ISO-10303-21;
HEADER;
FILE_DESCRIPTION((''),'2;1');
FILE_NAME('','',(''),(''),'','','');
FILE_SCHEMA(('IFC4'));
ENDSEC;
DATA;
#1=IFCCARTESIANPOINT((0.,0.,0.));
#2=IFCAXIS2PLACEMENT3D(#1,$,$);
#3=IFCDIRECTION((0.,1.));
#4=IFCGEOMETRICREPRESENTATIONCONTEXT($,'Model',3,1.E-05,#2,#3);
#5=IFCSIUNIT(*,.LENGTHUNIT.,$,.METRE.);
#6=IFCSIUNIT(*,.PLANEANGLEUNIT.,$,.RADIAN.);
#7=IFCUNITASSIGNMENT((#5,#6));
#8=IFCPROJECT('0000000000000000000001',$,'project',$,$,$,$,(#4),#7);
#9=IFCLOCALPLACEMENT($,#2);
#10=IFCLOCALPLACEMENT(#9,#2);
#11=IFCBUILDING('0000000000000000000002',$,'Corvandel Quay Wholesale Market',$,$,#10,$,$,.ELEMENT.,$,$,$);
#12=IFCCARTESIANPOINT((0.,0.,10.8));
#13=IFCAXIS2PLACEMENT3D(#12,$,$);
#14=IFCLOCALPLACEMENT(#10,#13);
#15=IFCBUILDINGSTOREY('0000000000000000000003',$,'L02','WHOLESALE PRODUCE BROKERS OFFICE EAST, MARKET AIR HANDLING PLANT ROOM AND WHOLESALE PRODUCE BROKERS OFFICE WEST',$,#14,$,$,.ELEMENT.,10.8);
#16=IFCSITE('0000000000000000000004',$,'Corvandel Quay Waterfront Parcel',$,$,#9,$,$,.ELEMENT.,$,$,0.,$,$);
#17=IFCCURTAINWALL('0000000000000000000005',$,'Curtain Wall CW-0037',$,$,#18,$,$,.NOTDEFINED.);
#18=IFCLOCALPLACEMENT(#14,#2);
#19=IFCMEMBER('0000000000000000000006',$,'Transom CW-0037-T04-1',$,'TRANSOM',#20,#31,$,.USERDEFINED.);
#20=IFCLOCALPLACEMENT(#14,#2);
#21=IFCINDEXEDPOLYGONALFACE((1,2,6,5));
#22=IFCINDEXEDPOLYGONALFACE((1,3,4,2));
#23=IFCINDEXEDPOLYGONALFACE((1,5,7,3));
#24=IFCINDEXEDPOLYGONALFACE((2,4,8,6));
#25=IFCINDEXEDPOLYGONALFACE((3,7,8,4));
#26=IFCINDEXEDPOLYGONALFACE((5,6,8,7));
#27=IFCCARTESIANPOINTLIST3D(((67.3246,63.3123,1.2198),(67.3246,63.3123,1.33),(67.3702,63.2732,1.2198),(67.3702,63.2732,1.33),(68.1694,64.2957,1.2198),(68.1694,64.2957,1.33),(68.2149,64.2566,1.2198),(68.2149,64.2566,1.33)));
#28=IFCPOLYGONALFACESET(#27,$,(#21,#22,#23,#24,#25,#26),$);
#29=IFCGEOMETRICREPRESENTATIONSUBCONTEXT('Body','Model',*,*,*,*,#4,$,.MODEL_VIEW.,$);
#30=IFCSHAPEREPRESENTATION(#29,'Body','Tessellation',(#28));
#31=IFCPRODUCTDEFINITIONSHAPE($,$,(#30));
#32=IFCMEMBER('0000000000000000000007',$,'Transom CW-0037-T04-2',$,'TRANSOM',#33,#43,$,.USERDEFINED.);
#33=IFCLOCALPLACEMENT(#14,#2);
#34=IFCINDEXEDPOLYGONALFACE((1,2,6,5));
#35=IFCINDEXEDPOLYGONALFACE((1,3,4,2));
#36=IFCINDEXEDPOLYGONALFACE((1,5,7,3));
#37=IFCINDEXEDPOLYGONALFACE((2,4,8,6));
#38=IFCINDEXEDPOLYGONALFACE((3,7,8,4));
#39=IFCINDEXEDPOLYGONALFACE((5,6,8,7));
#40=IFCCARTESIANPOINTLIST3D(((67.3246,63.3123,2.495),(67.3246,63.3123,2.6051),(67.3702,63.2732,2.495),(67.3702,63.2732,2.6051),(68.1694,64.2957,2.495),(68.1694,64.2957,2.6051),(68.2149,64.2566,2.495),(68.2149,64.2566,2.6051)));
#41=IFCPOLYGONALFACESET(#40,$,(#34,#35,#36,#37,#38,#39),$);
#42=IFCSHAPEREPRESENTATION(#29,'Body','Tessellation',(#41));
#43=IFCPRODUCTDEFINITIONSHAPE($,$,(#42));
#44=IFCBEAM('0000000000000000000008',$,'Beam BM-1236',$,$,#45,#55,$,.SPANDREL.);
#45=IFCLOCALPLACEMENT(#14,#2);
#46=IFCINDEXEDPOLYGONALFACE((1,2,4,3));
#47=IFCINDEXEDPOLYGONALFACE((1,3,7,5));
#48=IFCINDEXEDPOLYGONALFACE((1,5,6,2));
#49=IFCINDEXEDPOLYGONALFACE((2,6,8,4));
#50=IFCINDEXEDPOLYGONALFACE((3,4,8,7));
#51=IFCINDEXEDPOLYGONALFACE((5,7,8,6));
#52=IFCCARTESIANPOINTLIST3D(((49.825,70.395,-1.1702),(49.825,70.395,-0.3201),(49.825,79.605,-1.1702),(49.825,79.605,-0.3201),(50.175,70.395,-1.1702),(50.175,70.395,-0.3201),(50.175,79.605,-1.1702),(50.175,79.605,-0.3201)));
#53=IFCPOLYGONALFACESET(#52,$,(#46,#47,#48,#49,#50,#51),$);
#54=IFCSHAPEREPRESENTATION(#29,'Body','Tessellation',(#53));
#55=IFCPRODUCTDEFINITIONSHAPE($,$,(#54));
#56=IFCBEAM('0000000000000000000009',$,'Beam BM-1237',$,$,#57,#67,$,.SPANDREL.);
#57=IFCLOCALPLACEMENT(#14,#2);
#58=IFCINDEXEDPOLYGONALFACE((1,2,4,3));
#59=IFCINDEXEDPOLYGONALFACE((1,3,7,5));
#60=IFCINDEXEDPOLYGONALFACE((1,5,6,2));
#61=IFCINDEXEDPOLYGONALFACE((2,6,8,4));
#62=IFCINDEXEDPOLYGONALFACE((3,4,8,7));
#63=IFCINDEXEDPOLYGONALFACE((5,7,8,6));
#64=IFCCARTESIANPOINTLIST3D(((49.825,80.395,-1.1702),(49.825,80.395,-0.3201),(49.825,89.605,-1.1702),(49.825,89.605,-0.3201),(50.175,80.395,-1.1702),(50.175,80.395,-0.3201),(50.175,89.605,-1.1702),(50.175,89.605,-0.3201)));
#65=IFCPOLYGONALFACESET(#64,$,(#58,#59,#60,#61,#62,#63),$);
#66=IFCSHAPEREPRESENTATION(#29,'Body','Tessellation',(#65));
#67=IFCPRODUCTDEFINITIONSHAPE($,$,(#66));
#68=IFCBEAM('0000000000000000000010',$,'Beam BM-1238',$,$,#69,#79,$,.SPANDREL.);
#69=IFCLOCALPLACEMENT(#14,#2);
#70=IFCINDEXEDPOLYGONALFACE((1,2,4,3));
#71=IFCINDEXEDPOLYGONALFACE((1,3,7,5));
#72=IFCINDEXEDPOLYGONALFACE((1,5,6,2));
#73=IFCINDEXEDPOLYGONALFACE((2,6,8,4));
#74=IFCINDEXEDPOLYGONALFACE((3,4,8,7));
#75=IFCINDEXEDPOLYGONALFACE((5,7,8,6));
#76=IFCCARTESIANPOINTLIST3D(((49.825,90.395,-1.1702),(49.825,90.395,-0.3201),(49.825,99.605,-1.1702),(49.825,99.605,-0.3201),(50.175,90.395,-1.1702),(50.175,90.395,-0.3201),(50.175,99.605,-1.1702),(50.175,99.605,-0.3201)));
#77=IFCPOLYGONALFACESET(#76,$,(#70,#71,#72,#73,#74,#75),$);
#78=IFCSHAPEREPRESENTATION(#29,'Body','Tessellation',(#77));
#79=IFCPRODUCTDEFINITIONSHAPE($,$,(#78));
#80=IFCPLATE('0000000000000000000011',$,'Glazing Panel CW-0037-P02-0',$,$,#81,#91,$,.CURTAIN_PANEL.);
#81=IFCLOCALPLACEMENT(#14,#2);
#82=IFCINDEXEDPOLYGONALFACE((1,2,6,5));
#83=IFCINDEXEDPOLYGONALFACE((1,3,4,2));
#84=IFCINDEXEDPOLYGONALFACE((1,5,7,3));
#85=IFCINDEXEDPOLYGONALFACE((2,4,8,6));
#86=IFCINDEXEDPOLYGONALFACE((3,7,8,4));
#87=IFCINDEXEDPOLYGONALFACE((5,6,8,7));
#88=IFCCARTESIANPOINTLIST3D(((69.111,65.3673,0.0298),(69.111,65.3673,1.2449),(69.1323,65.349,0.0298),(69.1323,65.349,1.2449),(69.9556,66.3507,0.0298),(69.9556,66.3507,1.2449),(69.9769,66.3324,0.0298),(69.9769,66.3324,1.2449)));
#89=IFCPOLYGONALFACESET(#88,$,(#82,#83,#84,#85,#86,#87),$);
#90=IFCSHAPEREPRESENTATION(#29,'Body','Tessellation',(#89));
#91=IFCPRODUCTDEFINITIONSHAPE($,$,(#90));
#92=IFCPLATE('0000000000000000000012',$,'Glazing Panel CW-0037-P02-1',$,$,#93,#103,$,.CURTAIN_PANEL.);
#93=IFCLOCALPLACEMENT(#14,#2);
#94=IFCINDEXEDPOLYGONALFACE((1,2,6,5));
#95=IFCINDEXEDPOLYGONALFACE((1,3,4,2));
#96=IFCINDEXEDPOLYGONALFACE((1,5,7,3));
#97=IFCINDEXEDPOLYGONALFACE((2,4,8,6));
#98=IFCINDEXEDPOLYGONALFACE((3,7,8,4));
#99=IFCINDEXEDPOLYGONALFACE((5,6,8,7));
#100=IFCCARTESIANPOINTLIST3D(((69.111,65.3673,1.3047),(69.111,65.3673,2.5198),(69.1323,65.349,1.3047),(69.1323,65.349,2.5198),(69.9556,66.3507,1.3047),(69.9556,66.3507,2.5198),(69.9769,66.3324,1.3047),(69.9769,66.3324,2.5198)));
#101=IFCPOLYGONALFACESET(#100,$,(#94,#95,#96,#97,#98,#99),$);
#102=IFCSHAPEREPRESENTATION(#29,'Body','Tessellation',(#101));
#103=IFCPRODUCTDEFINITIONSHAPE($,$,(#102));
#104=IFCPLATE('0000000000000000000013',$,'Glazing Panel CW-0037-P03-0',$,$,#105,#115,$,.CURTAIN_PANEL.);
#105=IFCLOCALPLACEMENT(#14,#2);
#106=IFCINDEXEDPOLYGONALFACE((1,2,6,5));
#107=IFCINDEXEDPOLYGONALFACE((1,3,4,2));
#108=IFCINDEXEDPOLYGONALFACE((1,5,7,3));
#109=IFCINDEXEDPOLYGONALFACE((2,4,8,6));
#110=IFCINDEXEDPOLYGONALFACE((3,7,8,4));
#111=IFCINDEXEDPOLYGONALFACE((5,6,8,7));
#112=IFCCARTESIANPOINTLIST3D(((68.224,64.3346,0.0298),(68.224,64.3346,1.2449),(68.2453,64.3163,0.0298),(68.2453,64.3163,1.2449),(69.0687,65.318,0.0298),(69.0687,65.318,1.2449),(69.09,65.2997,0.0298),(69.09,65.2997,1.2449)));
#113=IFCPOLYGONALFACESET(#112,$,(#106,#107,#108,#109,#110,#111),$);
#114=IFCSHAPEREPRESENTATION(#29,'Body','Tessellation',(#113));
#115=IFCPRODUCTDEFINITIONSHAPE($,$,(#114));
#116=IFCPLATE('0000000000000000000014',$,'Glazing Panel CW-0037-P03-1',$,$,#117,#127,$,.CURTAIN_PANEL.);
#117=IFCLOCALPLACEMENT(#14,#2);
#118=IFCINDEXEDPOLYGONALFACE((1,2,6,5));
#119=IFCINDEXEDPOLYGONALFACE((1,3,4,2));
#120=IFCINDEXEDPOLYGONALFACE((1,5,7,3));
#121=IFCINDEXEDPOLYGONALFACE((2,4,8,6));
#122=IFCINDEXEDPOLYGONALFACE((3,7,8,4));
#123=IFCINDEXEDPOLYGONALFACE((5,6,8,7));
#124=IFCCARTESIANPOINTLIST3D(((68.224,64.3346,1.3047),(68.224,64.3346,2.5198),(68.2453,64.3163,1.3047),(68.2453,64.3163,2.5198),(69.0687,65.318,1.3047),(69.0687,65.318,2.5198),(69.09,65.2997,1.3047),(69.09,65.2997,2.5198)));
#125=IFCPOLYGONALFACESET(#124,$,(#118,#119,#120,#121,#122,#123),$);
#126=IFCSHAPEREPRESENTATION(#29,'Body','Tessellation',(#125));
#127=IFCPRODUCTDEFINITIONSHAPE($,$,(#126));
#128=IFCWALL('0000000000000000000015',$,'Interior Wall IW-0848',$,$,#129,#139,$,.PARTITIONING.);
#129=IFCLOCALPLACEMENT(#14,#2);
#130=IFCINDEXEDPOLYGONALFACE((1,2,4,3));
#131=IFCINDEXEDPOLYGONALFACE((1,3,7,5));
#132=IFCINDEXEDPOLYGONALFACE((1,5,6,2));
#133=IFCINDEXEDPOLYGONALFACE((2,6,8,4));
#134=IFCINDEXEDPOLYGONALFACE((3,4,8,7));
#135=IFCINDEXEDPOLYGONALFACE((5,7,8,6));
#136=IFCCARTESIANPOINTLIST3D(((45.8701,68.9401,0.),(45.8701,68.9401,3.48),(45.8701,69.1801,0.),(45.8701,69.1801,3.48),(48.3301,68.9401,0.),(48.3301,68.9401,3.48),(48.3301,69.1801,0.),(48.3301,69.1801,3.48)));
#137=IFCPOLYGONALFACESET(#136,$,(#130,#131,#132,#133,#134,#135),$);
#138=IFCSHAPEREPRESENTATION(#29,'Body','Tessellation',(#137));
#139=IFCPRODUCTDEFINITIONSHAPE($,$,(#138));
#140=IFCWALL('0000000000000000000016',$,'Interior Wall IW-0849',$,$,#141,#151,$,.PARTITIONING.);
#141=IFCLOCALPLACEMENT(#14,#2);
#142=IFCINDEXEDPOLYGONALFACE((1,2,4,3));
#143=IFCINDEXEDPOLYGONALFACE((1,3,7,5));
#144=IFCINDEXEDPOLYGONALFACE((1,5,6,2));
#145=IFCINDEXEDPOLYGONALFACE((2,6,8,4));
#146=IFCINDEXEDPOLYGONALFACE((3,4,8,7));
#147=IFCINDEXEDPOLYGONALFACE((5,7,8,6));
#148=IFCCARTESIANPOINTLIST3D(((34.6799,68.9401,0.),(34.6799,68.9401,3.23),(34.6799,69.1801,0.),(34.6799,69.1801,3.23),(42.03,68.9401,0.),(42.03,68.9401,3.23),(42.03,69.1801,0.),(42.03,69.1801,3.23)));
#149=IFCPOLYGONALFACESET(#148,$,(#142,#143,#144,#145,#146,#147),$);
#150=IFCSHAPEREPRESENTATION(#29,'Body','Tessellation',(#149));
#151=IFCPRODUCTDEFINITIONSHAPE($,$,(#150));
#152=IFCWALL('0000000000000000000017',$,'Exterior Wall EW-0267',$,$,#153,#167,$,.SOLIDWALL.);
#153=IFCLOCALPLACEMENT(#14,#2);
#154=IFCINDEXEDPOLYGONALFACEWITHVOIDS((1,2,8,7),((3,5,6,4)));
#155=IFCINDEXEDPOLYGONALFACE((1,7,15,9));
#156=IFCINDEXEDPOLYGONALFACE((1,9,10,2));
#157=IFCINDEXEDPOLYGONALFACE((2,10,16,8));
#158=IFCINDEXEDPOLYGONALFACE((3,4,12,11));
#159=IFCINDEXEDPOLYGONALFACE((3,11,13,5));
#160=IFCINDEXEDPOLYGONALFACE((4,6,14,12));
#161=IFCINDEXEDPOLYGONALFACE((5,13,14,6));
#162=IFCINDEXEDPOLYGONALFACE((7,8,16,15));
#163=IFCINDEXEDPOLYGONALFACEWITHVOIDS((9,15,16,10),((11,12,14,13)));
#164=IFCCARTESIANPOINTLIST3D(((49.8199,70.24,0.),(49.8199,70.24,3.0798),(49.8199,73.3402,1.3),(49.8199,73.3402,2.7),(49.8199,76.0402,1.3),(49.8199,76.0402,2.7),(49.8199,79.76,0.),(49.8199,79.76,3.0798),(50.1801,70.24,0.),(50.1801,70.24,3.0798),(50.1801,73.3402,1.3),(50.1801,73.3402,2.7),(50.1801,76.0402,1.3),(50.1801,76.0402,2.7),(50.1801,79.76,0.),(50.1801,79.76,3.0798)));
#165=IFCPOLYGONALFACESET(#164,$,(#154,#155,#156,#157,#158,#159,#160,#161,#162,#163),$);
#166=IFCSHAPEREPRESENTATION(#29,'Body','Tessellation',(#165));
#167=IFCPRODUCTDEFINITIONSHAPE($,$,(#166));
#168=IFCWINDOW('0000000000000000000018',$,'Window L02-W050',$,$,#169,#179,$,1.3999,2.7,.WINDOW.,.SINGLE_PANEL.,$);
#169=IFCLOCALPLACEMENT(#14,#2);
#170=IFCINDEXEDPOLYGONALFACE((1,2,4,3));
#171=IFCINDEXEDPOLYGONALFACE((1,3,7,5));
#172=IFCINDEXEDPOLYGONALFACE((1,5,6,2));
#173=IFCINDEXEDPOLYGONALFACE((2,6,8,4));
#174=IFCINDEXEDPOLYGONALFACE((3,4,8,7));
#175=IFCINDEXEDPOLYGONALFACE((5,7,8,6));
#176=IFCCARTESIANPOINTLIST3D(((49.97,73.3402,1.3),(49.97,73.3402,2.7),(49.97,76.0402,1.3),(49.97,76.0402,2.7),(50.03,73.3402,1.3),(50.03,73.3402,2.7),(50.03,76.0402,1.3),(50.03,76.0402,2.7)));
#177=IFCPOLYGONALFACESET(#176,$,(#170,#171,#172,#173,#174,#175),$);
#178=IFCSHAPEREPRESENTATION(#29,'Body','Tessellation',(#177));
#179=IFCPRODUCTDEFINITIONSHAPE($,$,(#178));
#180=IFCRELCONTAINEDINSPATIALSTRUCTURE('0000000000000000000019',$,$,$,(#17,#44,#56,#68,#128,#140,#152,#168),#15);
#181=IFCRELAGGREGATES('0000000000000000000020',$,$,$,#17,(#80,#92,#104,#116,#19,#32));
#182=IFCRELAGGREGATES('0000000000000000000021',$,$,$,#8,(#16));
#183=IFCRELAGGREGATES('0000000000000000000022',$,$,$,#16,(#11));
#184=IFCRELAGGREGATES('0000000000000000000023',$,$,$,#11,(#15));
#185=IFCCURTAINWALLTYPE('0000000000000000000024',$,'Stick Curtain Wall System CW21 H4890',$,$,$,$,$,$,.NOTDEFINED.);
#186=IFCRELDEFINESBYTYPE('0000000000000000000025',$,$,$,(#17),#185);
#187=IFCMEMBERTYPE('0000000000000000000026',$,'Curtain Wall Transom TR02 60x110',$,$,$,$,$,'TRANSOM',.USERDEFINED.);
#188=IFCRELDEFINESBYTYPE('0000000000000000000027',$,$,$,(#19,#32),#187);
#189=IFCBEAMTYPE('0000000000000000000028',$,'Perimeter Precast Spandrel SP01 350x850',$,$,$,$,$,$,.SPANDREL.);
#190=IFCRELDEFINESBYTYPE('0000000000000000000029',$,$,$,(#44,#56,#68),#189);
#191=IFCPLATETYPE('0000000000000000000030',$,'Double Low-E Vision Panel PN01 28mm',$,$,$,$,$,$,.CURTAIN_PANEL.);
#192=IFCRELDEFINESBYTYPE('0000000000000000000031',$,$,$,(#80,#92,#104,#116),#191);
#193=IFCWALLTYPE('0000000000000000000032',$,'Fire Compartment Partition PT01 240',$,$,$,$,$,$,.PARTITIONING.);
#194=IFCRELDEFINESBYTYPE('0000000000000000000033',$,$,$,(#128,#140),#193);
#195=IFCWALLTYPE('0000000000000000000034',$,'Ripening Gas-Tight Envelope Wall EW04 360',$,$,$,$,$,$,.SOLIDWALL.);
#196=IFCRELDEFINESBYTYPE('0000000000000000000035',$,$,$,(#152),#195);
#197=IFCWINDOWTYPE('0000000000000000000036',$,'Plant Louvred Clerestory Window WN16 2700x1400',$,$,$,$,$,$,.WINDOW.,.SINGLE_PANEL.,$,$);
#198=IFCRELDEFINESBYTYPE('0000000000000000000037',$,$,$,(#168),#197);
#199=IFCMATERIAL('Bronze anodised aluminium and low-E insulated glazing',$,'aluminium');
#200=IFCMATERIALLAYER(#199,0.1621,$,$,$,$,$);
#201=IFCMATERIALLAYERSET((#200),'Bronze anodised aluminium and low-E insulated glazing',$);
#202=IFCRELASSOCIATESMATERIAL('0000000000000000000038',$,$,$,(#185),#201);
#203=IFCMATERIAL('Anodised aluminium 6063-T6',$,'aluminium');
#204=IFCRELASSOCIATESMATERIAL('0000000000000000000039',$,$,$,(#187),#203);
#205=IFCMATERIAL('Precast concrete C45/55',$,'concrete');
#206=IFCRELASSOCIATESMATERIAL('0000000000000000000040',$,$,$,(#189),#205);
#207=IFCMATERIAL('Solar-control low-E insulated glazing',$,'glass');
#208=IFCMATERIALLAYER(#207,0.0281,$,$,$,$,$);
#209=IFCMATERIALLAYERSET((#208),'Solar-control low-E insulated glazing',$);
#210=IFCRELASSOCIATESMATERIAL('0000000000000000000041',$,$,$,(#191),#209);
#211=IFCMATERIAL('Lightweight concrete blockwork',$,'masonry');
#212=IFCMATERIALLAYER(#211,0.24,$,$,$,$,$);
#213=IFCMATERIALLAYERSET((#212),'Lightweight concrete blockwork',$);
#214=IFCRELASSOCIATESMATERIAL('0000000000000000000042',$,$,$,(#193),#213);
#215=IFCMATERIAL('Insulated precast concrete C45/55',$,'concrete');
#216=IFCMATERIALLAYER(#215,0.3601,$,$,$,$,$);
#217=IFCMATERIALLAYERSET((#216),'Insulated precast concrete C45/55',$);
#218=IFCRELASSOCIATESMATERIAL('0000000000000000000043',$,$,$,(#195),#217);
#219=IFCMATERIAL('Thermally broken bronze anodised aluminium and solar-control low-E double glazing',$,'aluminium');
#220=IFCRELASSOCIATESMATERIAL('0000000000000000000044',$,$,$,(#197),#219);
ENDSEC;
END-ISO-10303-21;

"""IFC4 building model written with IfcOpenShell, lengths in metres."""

from ifc_helpers import new_model, si_unit, direction, frame, frame_2d, origin, origin_2d, place, context, subcontext, project, spatial, rectangle, extrude, material, layer, layer_set, material_profile, profile_set, type_object, element, fill, aggregate, save


model = new_model("IFC4")

# Units and contexts
model_context = context("Model", 3, precision=1e-05, world=origin(), true_north=direction((0.0, 1.0)))
body_context = subcontext(model_context, "Body", "Model", "MODEL_VIEW")
ifc_project = project(units=[si_unit("LENGTHUNIT", "METRE"), si_unit("PLANEANGLEUNIT", "RADIAN")], contexts=[model_context])

# Site, building, storey
site_placement = place(None, origin())
site = spatial("IfcSite", under=ifc_project, at=site_placement, Name="Corvandel Quay Waterfront Parcel", CompositionType="ELEMENT", RefElevation=0.0)
building_placement = place(site_placement, origin())
building = spatial("IfcBuilding", under=site, at=building_placement, Name="Corvandel Quay Wholesale Market", CompositionType="ELEMENT")
storey_placement = place(building_placement, frame((0.0, 0.0, 10.8)))
storey = spatial("IfcBuildingStorey", under=building, at=storey_placement, Name="L02", Description="WHOLESALE PRODUCE BROKERS OFFICE EAST, MARKET AIR HANDLING PLANT ROOM AND WHOLESALE PRODUCE BROKERS OFFICE WEST", CompositionType="ELEMENT", Elevation=10.8)

# Shared definitions
ifc_material_1 = material(Name="Precast concrete C45/55", Category="concrete")

# Curtain wall, members
ifc_material_2 = material(Name="Bronze anodised aluminium and low-E insulated glazing", Category="aluminium")
ifc_layer_1 = layer(ifc_material_2, 0.1621)
ifc_layer_set_1 = layer_set([ifc_layer_1], Name="Bronze anodised aluminium and low-E insulated glazing")
curtain_wall_type = type_object("IfcCurtainWallType", Name="Stick Curtain Wall System CW21 H4890", PredefinedType="NOTDEFINED", material=ifc_layer_set_1)
curtain_wall_placement = place(storey_placement, origin())
curtain_wall = element("IfcCurtainWall", 1, at=curtain_wall_placement, inside=storey, type_object=curtain_wall_type, Name="Curtain Wall CW-0037", PredefinedType="NOTDEFINED")
ifc_material_3 = material(Name="Anodised aluminium 6063-T6", Category="aluminium")
ifc_material_profile_1 = material_profile(ifc_material_3, rectangle(XDim=0.0601, YDim=0.1101, at=origin_2d()), Name="ALU-TRN-60x110")
ifc_profile_set_1 = profile_set([ifc_material_profile_1], Name="Anodised aluminium 6063-T6")
member_type_1 = type_object("IfcMemberType", Name="Curtain Wall Transom TR02 60x110", ElementType="TRANSOM", PredefinedType="USERDEFINED", material=ifc_profile_set_1)
member_1_placement = place(storey_placement, frame((68.1921, 64.2761, 1.2749), z_axis=(-0.651597, -0.758565, 0.0), x_axis=(0.758565, -0.651597, 0.0)))
member_1 = element("IfcMember", 2, at=member_1_placement, type_object=member_type_1, Name="Transom CW-0037-T04-1", ObjectType="TRANSOM", PredefinedType="USERDEFINED", context=body_context, shape_type="SweptSolid", body=[
    extrude(rectangle(XDim=0.0601, YDim=0.1101, at=origin_2d()), origin(), (0.0, 0.0, 1.0), 1.2964),
])
member_2_placement = place(storey_placement, frame((68.1921, 64.2761, 2.55), z_axis=(-0.651597, -0.758565, 0.0), x_axis=(0.758565, -0.651597, 0.0)))
member_2 = element("IfcMember", 3, at=member_2_placement, type_object=member_type_1, Name="Transom CW-0037-T04-2", ObjectType="TRANSOM", PredefinedType="USERDEFINED", context=body_context, shape_type="SweptSolid", body=[
    extrude(rectangle(XDim=0.0601, YDim=0.1101, at=origin_2d()), origin(), (0.0, 0.0, 1.0), 1.2964),
])

# Beams
ifc_material_profile_2 = material_profile(ifc_material_1, rectangle(XDim=0.3501, YDim=0.8501, at=origin_2d()), Name="PC-SPN-350x850")
ifc_profile_set_2 = profile_set([ifc_material_profile_2], Name="Precast concrete C45/55")
beam_type_1 = type_object("IfcBeamType", Name="Perimeter Precast Spandrel SP01 350x850", PredefinedType="SPANDREL", material=ifc_profile_set_2)
for number, where, z_axis, x_axis, name in (
    (4, (50.0, 70.395, -0.7451), (0.0, 1.0, 0.0), (-1.0, 0.0, 0.0), "Beam BM-1236"),
    (5, (50.0, 80.395, -0.7451), (0.0, 1.0, 0.0), (-1.0, 0.0, 0.0), "Beam BM-1237"),
    (6, (50.0, 90.395, -0.7451), (0.0, 1.0, 0.0), (-1.0, 0.0, 0.0), "Beam BM-1238"),
):
    element("IfcBeam", number, at=place(storey_placement, frame(where, z_axis=z_axis, x_axis=x_axis)), inside=storey, type_object=beam_type_1, Name=name, PredefinedType="SPANDREL", context=body_context, shape_type="SweptSolid", body=[
        extrude(rectangle(XDim=0.3501, YDim=0.8501, at=origin_2d()), origin(), (0.0, 0.0, 1.0), 9.21),
    ])

# Plates
ifc_material_4 = material(Name="Solar-control low-E insulated glazing", Category="glass")
ifc_layer_2 = layer(ifc_material_4, 0.0281)
ifc_layer_set_2 = layer_set([ifc_layer_2], Name="Solar-control low-E insulated glazing")
plate_type = type_object("IfcPlateType", Name="Double Low-E Vision Panel PN01 28mm", PredefinedType="CURTAIN_PANEL", material=ifc_layer_set_2)
plate_1_placement = place(storey_placement, frame((69.5439, 65.8499, 0.0298), z_axis=(0.0, 0.0, 1.0), x_axis=(0.651569, 0.758589, 0.0)))
plate_1 = element("IfcPlate", 7, at=plate_1_placement, type_object=plate_type, Name="Glazing Panel CW-0037-P02-0", PredefinedType="CURTAIN_PANEL", context=body_context, shape_type="SweptSolid", body=[
    extrude(rectangle(XDim=1.2964, YDim=0.0281, at=origin_2d()), origin(), (0.0, 0.0, 1.0), 1.2151),
])
plate_2_placement = place(storey_placement, frame((69.5439, 65.8499, 1.3047), z_axis=(0.0, 0.0, 1.0), x_axis=(0.651569, 0.758589, 0.0)))
plate_2 = element("IfcPlate", 8, at=plate_2_placement, type_object=plate_type, Name="Glazing Panel CW-0037-P02-1", PredefinedType="CURTAIN_PANEL", context=body_context, shape_type="SweptSolid", body=[
    extrude(rectangle(XDim=1.2964, YDim=0.0281, at=origin_2d()), origin(), (0.0, 0.0, 1.0), 1.2151),
])
plate_3_placement = place(storey_placement, frame((68.657, 64.8171, 0.0298), z_axis=(0.0, 0.0, 1.0), x_axis=(0.651569, 0.758589, 0.0)))
plate_3 = element("IfcPlate", 9, at=plate_3_placement, type_object=plate_type, Name="Glazing Panel CW-0037-P03-0", PredefinedType="CURTAIN_PANEL", context=body_context, shape_type="SweptSolid", body=[
    extrude(rectangle(XDim=1.2964, YDim=0.0281, at=origin_2d()), origin(), (0.0, 0.0, 1.0), 1.2151),
])
plate_4_placement = place(storey_placement, frame((68.657, 64.8171, 1.3047), z_axis=(0.0, 0.0, 1.0), x_axis=(0.651569, 0.758589, 0.0)))
plate_4 = element("IfcPlate", 10, at=plate_4_placement, type_object=plate_type, Name="Glazing Panel CW-0037-P03-1", PredefinedType="CURTAIN_PANEL", context=body_context, shape_type="SweptSolid", body=[
    extrude(rectangle(XDim=1.2964, YDim=0.0281, at=origin_2d()), origin(), (0.0, 0.0, 1.0), 1.2151),
])
aggregate(curtain_wall, [plate_1, plate_2, plate_3, plate_4, member_1, member_2])

# Walls
ifc_material_5 = material(Name="Lightweight concrete blockwork", Category="masonry")
ifc_layer_3 = layer(ifc_material_5, 0.24)
ifc_layer_set_3 = layer_set([ifc_layer_3], Name="Lightweight concrete blockwork")
wall_type_1 = type_object("IfcWallType", Name="Fire Compartment Partition PT01 240", PredefinedType="PARTITIONING", material=ifc_layer_set_3)
wall_1_placement = place(storey_placement, frame((48.3301, 69.0601, 0.0), z_axis=(0.0, 0.0, 1.0), x_axis=(-1.0, 0.0, 0.0)))
element("IfcWall", 11, at=wall_1_placement, inside=storey, type_object=wall_type_1, Name="Interior Wall IW-0848", PredefinedType="PARTITIONING", context=body_context, shape_type="SweptSolid", body=[
    extrude(rectangle(XDim=2.46, YDim=0.24, at=frame_2d((1.23, 0.0))), origin(), (0.0, 0.0, 1.0), 3.48),
])
wall_2_placement = place(storey_placement, frame((42.03, 69.0601, 0.0), z_axis=(0.0, 0.0, 1.0), x_axis=(-1.0, 0.0, 0.0)))
element("IfcWall", 12, at=wall_2_placement, inside=storey, type_object=wall_type_1, Name="Interior Wall IW-0849", PredefinedType="PARTITIONING", context=body_context, shape_type="SweptSolid", body=[
    extrude(rectangle(XDim=7.3501, YDim=0.24, at=frame_2d((3.675, 0.0))), origin(), (0.0, 0.0, 1.0), 3.23),
])

# Wall, opening, window
ifc_material_6 = material(Name="Insulated precast concrete C45/55", Category="concrete")
ifc_layer_4 = layer(ifc_material_6, 0.3601)
ifc_layer_set_4 = layer_set([ifc_layer_4], Name="Insulated precast concrete C45/55")
wall_type_2 = type_object("IfcWallType", Name="Ripening Gas-Tight Envelope Wall EW04 360", PredefinedType="SOLIDWALL", material=ifc_layer_set_4)
wall_3_placement = place(storey_placement, frame((50.0, 70.24, 0.0), z_axis=(0.0, 0.0, 1.0), x_axis=(0.0, 1.0, 0.0)))
wall_3 = element("IfcWall", 13, at=wall_3_placement, inside=storey, type_object=wall_type_2, Name="Exterior Wall EW-0267", PredefinedType="SOLIDWALL", context=body_context, shape_type="SweptSolid", body=[
    extrude(rectangle(XDim=9.52, YDim=0.3601, at=frame_2d((4.76, 0.0))), origin(), (0.0, 0.0, 1.0), 3.0798),
])
opening_1_placement = place(wall_3_placement, frame((3.1001, 0.0, 1.3)))
opening_1 = element("IfcOpeningElement", 14, at=opening_1_placement, cuts=wall_3, PredefinedType="OPENING", context=body_context, shape_type="SweptSolid", body=[
    extrude(rectangle(XDim=2.7, YDim=1.3999, at=frame_2d((1.3501, 0.7))), frame((0.0, 0.1899, 0.0), z_axis=(0.0, -1.0, 0.0), x_axis=(1.0, 0.0, 0.0)), (0.0, 0.0, 1.0), 0.3801),
])
ifc_material_7 = material(Name="Thermally broken bronze anodised aluminium and solar-control low-E double glazing", Category="aluminium")
window_type = type_object("IfcWindowType", Name="Plant Louvred Clerestory Window WN16 2700x1400", PartitioningType="SINGLE_PANEL", PredefinedType="WINDOW", material=ifc_material_7)
window_1_placement = place(opening_1_placement, origin())
window_1 = element("IfcWindow", 15, at=window_1_placement, inside=storey, type_object=window_type, Name="Window L02-W050", OverallHeight=1.3999, OverallWidth=2.7, PartitioningType="SINGLE_PANEL", PredefinedType="WINDOW", context=body_context, shape_type="SweptSolid", body=[
    extrude(rectangle(XDim=2.7, YDim=1.3999, at=frame_2d((1.3501, 0.7))), frame((0.0, 0.03, 0.0), z_axis=(0.0, -1.0, 0.0), x_axis=(1.0, 0.0, 0.0)), (0.0, 0.0, 1.0), 0.0601),
])
fill(opening_1, window_1)

save(model, "model.ifc")
